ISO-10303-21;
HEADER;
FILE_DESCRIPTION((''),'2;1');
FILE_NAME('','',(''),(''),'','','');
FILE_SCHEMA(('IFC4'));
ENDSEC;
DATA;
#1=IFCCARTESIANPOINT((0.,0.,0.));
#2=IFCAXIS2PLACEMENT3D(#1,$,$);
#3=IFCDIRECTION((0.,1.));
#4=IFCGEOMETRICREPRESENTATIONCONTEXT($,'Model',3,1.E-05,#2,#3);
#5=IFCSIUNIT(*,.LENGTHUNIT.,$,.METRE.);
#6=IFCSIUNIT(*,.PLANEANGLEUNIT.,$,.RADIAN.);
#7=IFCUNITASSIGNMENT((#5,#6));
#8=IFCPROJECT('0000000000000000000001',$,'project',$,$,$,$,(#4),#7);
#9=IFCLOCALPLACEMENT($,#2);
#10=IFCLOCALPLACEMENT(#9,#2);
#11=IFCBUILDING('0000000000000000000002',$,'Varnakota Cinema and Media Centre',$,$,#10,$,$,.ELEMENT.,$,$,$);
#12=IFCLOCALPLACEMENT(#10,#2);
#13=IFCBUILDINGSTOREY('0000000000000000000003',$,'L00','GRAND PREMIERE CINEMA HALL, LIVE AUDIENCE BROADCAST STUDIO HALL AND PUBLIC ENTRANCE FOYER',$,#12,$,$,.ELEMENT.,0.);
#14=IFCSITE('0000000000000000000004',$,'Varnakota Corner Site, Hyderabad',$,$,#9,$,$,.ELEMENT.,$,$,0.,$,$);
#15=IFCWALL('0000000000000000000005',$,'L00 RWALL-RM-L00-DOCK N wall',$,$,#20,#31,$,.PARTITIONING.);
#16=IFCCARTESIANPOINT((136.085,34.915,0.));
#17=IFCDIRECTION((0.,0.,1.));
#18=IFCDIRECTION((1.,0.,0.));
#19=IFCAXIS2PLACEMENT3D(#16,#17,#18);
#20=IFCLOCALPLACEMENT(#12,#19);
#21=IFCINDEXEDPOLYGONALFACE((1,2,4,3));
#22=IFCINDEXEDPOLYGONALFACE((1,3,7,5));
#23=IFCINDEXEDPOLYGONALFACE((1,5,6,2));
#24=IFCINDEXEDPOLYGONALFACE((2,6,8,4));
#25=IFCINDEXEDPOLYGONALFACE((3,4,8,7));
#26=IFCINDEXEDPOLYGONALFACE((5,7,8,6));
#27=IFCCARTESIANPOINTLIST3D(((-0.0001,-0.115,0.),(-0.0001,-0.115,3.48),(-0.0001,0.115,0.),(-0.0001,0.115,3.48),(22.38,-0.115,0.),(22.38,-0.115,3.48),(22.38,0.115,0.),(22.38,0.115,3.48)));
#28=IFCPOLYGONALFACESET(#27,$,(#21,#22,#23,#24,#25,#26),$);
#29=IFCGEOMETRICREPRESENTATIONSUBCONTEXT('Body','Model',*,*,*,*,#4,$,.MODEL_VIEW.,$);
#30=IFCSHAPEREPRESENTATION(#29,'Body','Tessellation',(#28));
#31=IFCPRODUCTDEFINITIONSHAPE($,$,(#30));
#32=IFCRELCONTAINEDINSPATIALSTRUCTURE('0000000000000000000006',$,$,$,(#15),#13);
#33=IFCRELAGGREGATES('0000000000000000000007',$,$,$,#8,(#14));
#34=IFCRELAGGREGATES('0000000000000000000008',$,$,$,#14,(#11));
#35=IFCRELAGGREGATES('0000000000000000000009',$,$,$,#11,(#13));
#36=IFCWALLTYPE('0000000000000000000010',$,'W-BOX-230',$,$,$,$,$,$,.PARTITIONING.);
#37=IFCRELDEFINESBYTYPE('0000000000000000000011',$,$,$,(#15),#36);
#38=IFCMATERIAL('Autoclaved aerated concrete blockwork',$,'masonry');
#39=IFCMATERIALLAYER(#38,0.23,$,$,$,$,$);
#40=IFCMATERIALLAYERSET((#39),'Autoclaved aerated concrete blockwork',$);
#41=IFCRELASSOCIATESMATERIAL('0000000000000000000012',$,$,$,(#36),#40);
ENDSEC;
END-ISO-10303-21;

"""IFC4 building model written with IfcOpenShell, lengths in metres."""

from ifc_helpers import new_model, si_unit, direction, frame, frame_2d, origin, place, context, subcontext, project, spatial, rectangle, extrude, material, layer, layer_set, type_object, element, save


model = new_model("IFC4")

# Units and contexts
model_context = context("Model", 3, precision=1e-05, world=origin(), true_north=direction((0.0, 1.0)))
body_context = subcontext(model_context, "Body", "Model", "MODEL_VIEW")
ifc_project = project(units=[si_unit("LENGTHUNIT", "METRE"), si_unit("PLANEANGLEUNIT", "RADIAN")], contexts=[model_context])

# Site, building, storey
site_placement = place(None, origin())
site = spatial("IfcSite", under=ifc_project, at=site_placement, Name="Varnakota Corner Site, Hyderabad", CompositionType="ELEMENT", RefElevation=0.0)
building_placement = place(site_placement, origin())
building = spatial("IfcBuilding", under=site, at=building_placement, Name="Varnakota Cinema and Media Centre", CompositionType="ELEMENT")
storey_placement = place(building_placement, origin())
storey = spatial("IfcBuildingStorey", under=building, at=storey_placement, Name="L00", Description="GRAND PREMIERE CINEMA HALL, LIVE AUDIENCE BROADCAST STUDIO HALL AND PUBLIC ENTRANCE FOYER", CompositionType="ELEMENT", Elevation=0.0)

# Shared definitions
ifc_material_1 = material(Name="Autoclaved aerated concrete blockwork", Category="masonry")
ifc_layer_1 = layer(ifc_material_1, 0.23)
ifc_layer_set_1 = layer_set([ifc_layer_1], Name="Autoclaved aerated concrete blockwork")
wall_type_1 = type_object("IfcWallType", Name="W-BOX-230", PredefinedType="PARTITIONING", material=ifc_layer_set_1)

# Wall
wall_1_placement = place(storey_placement, frame((136.085, 34.915, 0.0), z_axis=(0.0, 0.0, 1.0), x_axis=(1.0, 0.0, 0.0)))
element("IfcWall", 1, at=wall_1_placement, inside=storey, type_object=wall_type_1, Name="L00 RWALL-RM-L00-DOCK N wall", PredefinedType="PARTITIONING", context=body_context, shape_type="SweptSolid", body=[
    extrude(rectangle(XDim=22.3801, YDim=0.23, at=frame_2d((11.1899, 0.0))), origin(), (0.0, 0.0, 1.0), 3.48),
])

save(model, "model.ifc")
